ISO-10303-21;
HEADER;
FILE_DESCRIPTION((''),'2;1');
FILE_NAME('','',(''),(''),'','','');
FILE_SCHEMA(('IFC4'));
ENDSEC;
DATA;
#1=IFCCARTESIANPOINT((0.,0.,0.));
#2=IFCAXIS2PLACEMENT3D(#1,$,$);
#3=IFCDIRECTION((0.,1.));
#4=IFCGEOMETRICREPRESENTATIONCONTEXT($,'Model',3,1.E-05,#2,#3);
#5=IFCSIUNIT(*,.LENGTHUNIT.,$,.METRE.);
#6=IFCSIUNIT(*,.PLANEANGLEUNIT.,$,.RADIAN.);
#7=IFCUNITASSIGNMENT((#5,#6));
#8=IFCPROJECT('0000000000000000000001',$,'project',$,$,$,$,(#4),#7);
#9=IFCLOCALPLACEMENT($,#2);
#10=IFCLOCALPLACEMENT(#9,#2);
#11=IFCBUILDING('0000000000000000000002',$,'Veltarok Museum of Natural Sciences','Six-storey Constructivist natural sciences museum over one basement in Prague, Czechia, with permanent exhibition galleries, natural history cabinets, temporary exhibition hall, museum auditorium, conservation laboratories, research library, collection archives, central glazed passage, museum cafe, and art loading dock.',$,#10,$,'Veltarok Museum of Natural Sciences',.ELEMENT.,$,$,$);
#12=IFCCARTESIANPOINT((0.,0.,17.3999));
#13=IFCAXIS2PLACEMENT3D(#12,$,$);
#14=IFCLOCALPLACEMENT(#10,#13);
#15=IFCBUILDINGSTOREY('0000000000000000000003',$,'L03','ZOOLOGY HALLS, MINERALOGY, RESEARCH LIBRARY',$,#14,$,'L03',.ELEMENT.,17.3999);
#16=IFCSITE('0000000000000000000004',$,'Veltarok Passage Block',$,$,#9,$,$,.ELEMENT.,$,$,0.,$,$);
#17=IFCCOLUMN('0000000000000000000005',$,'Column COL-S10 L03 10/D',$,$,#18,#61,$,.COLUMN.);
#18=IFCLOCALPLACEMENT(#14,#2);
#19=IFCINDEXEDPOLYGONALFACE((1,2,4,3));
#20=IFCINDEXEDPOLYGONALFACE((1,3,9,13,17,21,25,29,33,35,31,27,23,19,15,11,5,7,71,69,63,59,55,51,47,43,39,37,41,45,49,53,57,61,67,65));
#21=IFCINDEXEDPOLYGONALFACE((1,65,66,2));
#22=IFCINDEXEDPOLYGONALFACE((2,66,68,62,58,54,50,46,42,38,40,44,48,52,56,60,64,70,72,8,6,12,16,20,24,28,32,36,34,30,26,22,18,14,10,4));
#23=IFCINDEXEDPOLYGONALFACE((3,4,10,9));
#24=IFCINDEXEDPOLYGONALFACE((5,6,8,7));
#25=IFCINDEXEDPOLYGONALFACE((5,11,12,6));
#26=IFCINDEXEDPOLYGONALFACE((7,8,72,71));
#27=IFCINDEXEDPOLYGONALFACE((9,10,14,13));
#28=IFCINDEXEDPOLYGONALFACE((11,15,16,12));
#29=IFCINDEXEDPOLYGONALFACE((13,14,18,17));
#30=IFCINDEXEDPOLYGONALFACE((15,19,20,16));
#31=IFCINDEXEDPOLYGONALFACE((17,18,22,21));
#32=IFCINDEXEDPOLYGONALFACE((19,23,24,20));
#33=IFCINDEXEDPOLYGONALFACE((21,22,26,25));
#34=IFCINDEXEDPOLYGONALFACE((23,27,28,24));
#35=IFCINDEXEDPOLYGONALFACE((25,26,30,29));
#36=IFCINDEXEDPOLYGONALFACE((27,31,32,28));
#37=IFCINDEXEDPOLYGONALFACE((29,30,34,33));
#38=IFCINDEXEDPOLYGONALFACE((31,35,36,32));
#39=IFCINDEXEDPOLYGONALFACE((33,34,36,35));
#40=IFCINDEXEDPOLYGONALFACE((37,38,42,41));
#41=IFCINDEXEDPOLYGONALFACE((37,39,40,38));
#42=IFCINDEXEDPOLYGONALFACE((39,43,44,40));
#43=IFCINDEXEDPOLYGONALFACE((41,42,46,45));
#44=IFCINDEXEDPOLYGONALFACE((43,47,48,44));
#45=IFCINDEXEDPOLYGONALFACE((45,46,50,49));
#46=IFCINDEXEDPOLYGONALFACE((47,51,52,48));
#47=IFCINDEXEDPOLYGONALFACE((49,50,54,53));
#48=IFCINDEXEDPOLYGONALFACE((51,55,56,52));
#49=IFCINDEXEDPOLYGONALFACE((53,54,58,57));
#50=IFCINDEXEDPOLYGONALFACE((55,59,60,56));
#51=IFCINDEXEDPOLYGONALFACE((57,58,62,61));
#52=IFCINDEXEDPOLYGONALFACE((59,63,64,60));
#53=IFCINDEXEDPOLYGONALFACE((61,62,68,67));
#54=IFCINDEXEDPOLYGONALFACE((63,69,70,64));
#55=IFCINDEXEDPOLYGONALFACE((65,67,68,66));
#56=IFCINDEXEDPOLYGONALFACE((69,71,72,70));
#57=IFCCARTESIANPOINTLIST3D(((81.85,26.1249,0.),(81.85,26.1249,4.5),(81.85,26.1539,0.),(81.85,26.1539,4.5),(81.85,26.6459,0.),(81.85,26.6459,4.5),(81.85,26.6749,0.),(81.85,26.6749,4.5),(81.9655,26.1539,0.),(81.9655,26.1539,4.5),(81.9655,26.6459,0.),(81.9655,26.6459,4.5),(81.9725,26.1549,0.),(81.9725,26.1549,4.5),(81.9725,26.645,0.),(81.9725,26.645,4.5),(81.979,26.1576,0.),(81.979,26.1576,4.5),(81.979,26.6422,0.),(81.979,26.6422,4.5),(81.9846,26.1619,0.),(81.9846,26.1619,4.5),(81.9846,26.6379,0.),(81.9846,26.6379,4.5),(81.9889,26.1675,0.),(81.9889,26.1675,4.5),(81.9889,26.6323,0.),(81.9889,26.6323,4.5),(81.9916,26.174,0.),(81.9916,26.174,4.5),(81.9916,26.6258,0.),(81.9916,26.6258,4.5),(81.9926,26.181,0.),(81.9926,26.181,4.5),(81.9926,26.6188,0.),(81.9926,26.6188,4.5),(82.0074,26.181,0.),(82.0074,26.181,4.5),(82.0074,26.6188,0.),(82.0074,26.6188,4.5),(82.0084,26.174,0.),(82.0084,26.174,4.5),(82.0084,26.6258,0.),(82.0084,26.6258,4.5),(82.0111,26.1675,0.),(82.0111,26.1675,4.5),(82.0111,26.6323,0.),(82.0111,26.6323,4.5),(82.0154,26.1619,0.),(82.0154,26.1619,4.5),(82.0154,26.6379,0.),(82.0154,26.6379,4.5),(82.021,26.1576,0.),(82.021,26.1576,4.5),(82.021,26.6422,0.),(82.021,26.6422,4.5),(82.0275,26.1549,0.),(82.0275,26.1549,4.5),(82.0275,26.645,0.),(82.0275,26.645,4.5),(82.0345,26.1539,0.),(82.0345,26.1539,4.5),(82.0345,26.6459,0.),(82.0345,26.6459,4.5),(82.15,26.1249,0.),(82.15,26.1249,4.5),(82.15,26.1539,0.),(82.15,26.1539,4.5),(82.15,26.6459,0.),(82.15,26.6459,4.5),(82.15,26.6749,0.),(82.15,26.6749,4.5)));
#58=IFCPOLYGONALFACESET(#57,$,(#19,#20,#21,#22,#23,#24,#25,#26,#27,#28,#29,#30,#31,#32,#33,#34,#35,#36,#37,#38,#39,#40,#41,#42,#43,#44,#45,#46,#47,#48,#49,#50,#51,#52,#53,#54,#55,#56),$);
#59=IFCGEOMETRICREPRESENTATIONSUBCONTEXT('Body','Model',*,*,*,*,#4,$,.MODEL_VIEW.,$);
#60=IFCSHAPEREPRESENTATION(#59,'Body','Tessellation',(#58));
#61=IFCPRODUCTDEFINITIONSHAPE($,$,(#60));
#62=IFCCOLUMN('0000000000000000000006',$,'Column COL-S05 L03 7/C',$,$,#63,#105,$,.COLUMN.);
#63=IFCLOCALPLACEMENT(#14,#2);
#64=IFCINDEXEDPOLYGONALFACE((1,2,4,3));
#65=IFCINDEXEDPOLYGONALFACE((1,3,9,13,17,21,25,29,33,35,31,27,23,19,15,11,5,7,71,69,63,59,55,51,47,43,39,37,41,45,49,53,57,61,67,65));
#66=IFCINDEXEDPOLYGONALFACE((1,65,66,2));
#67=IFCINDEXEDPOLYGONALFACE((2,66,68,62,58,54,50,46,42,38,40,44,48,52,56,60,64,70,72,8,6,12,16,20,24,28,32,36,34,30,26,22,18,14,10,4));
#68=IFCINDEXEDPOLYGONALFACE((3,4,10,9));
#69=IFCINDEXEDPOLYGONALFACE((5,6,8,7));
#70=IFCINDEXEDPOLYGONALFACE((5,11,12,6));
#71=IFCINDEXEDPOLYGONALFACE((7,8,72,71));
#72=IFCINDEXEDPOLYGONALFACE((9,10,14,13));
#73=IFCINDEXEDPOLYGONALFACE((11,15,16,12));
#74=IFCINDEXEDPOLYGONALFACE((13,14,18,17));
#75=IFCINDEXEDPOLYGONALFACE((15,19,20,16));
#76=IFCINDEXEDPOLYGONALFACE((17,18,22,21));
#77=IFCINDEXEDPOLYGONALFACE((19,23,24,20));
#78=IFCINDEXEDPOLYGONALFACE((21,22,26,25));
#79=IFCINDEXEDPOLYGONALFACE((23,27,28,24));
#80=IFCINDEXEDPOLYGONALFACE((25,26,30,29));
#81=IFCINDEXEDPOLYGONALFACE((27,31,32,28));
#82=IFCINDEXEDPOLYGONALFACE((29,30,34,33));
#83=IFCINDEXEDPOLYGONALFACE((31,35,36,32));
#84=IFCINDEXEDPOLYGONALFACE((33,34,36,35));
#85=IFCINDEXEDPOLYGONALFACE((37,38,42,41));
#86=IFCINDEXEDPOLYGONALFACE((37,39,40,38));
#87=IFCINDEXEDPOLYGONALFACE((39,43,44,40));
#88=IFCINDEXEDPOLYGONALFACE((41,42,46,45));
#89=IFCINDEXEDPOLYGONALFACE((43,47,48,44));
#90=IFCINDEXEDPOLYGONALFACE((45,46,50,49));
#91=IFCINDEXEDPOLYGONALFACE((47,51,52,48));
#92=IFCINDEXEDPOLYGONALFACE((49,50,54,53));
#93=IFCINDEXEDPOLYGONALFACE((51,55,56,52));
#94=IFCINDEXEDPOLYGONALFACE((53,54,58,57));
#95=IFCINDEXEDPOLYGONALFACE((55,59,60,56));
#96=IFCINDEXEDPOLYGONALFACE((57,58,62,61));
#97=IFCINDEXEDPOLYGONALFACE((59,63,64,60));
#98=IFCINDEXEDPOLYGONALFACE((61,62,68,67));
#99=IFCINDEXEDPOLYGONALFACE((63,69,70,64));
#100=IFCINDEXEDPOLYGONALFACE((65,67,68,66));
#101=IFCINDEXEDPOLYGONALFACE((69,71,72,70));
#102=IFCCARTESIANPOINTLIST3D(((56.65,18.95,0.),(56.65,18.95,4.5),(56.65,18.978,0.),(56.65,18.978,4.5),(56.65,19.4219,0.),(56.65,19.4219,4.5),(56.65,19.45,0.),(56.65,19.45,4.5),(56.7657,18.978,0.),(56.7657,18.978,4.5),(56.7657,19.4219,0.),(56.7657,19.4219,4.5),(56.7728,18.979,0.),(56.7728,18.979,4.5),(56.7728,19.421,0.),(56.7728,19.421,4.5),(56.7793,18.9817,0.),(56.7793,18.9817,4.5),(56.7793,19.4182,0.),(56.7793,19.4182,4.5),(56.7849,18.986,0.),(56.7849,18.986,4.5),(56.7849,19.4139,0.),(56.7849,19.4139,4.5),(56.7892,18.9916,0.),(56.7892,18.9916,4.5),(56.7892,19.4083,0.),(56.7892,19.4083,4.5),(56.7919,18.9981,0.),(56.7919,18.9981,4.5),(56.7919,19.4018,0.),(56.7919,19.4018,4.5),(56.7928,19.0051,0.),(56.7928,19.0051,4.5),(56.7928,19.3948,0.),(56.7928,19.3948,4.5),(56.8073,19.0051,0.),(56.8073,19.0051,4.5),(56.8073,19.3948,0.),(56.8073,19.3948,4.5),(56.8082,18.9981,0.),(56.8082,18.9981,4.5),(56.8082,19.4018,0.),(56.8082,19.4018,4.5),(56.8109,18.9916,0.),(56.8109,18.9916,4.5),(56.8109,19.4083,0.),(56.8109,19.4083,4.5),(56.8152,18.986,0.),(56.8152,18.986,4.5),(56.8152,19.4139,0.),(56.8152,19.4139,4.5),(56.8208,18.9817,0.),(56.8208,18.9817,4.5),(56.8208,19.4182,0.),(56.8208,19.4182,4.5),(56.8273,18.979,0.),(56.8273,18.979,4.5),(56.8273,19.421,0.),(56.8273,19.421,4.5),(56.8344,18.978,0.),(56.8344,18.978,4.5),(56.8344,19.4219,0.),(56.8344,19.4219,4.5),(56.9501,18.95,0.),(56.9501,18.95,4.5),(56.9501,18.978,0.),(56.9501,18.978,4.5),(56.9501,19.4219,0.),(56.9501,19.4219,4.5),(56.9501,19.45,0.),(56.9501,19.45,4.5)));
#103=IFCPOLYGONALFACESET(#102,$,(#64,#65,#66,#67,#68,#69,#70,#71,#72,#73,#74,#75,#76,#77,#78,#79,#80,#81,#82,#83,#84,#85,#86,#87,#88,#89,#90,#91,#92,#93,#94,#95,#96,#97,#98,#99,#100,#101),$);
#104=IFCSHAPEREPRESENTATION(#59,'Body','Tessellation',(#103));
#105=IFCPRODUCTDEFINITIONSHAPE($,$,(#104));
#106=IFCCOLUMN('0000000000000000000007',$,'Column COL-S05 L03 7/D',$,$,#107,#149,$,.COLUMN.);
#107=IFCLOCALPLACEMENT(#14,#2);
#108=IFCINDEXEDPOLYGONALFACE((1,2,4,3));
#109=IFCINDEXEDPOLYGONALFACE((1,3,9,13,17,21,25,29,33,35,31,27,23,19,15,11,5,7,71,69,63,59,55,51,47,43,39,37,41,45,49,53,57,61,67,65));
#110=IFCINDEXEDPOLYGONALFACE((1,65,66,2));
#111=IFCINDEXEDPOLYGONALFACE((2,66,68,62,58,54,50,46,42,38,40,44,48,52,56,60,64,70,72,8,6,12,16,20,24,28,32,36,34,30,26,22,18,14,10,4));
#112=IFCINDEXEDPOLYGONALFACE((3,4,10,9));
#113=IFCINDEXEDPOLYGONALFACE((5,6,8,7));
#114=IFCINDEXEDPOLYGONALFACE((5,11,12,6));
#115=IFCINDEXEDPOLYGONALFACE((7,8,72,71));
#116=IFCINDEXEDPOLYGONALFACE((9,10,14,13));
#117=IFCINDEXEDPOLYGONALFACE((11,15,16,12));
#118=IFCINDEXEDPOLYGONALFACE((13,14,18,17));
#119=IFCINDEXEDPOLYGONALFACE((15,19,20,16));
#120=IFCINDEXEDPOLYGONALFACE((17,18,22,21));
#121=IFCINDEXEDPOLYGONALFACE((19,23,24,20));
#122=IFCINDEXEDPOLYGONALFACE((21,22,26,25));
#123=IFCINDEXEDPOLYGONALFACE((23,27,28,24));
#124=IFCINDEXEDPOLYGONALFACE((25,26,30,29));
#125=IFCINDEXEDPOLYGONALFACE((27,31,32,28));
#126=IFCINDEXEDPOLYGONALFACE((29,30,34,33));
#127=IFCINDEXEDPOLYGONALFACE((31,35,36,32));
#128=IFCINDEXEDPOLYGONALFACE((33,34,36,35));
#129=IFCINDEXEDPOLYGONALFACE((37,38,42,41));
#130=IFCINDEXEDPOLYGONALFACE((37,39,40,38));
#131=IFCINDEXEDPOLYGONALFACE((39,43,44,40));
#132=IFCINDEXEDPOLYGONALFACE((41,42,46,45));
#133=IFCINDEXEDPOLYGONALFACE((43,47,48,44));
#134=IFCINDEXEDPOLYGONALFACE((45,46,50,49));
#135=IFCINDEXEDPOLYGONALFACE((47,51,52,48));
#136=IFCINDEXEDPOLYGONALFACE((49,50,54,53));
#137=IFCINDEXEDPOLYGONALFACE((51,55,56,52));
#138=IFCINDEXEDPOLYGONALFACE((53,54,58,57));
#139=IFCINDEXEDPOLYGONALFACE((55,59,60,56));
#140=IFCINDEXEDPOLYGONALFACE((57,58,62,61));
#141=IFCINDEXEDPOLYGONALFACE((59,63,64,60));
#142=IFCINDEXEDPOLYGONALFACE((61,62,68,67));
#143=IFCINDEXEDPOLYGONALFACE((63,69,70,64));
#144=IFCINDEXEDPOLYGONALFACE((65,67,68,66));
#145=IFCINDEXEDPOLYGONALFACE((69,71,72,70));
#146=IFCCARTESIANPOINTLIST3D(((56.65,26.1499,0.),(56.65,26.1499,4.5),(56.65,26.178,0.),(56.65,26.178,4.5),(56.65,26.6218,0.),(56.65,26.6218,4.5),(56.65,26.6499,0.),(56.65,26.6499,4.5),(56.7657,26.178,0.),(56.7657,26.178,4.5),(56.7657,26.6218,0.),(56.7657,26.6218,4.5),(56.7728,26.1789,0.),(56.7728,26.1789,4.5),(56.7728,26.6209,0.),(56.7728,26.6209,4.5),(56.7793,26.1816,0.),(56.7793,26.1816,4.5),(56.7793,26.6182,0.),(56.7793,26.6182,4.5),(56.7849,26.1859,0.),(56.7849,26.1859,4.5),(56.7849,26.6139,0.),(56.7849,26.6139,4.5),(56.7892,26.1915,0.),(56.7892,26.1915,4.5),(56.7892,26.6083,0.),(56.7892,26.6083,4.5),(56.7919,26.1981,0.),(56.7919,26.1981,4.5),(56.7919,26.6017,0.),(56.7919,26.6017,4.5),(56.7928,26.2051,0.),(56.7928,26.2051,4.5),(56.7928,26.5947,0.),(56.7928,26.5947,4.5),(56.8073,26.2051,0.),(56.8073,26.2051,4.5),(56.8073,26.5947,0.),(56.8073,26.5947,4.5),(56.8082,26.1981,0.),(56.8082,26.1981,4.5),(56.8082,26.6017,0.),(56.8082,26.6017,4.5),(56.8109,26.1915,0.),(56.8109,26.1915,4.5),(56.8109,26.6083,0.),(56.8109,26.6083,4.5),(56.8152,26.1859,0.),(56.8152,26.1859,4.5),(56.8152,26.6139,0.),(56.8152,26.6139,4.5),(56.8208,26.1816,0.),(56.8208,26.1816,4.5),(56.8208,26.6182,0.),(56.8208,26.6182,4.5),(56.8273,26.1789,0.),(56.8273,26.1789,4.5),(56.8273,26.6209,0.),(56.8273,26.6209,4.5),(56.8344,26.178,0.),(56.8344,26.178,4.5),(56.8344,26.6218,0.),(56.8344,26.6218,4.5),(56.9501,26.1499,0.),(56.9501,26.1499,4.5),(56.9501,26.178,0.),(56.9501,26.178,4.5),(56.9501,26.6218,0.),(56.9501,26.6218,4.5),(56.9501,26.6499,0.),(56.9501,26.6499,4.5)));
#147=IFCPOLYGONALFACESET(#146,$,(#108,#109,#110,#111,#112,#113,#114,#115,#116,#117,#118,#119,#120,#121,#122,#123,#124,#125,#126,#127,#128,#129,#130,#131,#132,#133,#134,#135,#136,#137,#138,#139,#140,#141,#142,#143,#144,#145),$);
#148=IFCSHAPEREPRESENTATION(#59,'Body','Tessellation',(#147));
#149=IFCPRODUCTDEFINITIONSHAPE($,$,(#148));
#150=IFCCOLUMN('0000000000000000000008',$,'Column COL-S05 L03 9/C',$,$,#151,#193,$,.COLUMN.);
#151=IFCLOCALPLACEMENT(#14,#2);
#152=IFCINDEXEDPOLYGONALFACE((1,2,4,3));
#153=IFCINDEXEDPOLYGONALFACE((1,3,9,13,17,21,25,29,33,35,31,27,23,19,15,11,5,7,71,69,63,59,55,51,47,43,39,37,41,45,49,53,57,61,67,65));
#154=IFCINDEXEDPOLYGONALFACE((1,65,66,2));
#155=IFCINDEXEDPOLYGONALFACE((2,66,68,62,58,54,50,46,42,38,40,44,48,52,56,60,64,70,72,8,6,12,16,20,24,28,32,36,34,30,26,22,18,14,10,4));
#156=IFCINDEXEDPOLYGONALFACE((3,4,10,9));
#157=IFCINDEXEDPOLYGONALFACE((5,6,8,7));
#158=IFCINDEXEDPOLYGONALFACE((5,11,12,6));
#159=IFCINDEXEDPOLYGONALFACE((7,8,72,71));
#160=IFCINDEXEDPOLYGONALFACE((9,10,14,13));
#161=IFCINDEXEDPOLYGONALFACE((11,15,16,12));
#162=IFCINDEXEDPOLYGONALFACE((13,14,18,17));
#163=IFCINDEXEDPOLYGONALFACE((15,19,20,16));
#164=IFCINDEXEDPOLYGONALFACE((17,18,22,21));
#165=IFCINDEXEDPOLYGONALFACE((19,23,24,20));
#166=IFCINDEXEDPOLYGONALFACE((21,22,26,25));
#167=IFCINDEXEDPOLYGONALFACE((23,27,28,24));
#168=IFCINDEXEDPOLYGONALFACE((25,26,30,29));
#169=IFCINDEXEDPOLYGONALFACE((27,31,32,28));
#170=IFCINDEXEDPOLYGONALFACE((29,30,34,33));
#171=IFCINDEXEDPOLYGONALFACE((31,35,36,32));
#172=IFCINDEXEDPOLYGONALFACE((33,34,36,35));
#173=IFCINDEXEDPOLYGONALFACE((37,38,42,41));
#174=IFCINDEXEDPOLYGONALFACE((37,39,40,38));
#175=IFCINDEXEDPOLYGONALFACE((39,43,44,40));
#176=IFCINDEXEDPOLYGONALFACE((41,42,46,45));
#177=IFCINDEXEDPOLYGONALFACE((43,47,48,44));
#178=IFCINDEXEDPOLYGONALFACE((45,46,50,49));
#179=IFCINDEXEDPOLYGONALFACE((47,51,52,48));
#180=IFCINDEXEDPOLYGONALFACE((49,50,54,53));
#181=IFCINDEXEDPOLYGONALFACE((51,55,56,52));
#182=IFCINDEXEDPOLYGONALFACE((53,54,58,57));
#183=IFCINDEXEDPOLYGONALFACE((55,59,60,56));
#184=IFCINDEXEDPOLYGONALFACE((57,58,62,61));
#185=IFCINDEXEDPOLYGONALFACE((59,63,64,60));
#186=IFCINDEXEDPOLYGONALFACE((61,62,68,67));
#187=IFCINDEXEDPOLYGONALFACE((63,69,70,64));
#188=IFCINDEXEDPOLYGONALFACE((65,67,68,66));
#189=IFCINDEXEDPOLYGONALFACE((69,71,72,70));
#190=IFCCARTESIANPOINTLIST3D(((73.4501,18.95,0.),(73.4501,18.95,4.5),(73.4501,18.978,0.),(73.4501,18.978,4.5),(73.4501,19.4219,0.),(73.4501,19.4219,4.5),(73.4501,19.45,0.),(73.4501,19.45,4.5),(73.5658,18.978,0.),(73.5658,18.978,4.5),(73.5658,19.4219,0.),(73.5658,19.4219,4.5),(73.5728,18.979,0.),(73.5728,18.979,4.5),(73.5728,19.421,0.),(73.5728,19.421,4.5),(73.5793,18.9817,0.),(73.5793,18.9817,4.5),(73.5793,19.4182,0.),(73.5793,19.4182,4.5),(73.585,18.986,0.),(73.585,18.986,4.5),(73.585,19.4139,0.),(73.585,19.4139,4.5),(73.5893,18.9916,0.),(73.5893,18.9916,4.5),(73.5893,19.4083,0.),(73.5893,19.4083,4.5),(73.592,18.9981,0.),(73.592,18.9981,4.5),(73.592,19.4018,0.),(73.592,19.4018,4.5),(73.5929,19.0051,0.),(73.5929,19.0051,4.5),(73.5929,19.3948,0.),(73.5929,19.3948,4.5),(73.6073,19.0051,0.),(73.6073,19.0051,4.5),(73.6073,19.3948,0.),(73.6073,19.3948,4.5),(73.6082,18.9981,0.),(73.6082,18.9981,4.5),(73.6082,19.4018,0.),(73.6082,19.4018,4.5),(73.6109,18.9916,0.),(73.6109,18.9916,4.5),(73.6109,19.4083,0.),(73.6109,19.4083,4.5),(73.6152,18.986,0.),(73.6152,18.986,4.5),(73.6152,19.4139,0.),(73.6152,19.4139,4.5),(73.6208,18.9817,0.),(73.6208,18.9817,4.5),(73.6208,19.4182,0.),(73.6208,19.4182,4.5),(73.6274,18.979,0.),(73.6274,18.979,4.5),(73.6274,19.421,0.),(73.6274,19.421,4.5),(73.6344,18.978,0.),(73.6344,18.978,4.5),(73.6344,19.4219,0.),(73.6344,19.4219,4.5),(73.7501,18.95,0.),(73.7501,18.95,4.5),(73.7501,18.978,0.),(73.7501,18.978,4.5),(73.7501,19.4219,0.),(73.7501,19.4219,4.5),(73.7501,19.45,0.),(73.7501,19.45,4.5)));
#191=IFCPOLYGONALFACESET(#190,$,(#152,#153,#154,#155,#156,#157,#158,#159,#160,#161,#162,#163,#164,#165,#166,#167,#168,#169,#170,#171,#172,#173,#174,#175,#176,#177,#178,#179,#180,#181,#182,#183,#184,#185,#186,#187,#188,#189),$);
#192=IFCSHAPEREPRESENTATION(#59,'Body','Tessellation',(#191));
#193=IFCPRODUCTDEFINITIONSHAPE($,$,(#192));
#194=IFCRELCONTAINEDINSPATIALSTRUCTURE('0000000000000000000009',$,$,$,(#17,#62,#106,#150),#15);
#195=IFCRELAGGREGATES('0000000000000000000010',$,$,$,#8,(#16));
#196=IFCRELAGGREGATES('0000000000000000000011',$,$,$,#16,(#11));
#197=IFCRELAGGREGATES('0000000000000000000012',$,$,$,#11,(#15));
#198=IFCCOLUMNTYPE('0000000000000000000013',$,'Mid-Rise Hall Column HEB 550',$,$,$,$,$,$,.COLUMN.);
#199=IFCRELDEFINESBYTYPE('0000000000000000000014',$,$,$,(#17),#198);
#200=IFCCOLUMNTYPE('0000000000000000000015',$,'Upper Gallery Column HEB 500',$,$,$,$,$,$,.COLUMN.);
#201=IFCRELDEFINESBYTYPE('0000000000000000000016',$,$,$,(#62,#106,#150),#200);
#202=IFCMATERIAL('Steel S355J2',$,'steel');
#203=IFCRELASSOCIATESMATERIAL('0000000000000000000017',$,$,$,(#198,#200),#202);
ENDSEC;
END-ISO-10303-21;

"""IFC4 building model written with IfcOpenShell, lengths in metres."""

from ifc_helpers import new_model, si_unit, direction, frame, origin, origin_2d, place, context, subcontext, project, spatial, i_section, extrude, material, material_profile, profile_set, type_object, element, save


model = new_model("IFC4")

# Units and contexts
model_context = context("Model", 3, precision=1e-05, world=origin(), true_north=direction((0.0, 1.0)))
body_context = subcontext(model_context, "Body", "Model", "MODEL_VIEW")
ifc_project = project(units=[si_unit("LENGTHUNIT", "METRE"), si_unit("PLANEANGLEUNIT", "RADIAN")], contexts=[model_context])

# Site, building, storey
site_placement = place(None, origin())
site = spatial("IfcSite", under=ifc_project, at=site_placement, Name="Veltarok Passage Block", CompositionType="ELEMENT", RefElevation=0.0)
building_placement = place(site_placement, origin())
building = spatial("IfcBuilding", under=site, at=building_placement, Name="Veltarok Museum of Natural Sciences", Description="Six-storey Constructivist natural sciences museum over one basement in Prague, Czechia, with permanent exhibition galleries, natural history cabinets, temporary exhibition hall, museum auditorium, conservation laboratories, research library, collection archives, central glazed passage, museum cafe, and art loading dock.", LongName="Veltarok Museum of Natural Sciences", CompositionType="ELEMENT")
storey_placement = place(building_placement, frame((0.0, 0.0, 17.3999)))
storey = spatial("IfcBuildingStorey", under=building, at=storey_placement, Name="L03", Description="ZOOLOGY HALLS, MINERALOGY, RESEARCH LIBRARY", LongName="L03", CompositionType="ELEMENT", Elevation=17.3999)

# Columns
ifc_material_1 = material(Name="Steel S355J2", Category="steel")
ifc_material_profile_1 = material_profile(ifc_material_1, i_section(OverallWidth=0.3, OverallDepth=0.55, WebThickness=0.0149, FlangeThickness=0.0291, FilletRadius=0.0271, at=origin_2d()), Name="HEB 550")
ifc_profile_set_1 = profile_set([ifc_material_profile_1], Name="Steel S355J2")
column_type_1 = type_object("IfcColumnType", Name="Mid-Rise Hall Column HEB 550", PredefinedType="COLUMN", material=ifc_profile_set_1)
for number, where, z_axis, x_axis, name in (
    (1, (82.0, 26.3999, 0.0), (0.0, 0.0, 1.0), (1.0, 0.0, 0.0), "Column COL-S10 L03 10/D"),
):
    element("IfcColumn", number, at=place(storey_placement, frame(where, z_axis=z_axis, x_axis=x_axis)), inside=storey, type_object=column_type_1, Name=name, PredefinedType="COLUMN", context=body_context, shape_type="SweptSolid", body=[
        extrude(i_section(OverallWidth=0.3, OverallDepth=0.55, WebThickness=0.0149, FlangeThickness=0.0291, FilletRadius=0.0271, at=origin_2d()), origin(), (0.0, 0.0, 1.0), 4.5),
    ])
ifc_material_profile_2 = material_profile(ifc_material_1, i_section(OverallWidth=0.3, OverallDepth=0.5, WebThickness=0.0144, FlangeThickness=0.0281, FilletRadius=0.0271, at=origin_2d()), Name="HEB 500")
ifc_profile_set_2 = profile_set([ifc_material_profile_2], Name="Steel S355J2")
column_type_2 = type_object("IfcColumnType", Name="Upper Gallery Column HEB 500", PredefinedType="COLUMN", material=ifc_profile_set_2)
for number, where, z_axis, x_axis, name in (
    (2, (56.8, 19.2, 0.0), (0.0, 0.0, 1.0), (1.0, 0.0, 0.0), "Column COL-S05 L03 7/C"),
    (3, (56.8, 26.3999, 0.0), (0.0, 0.0, 1.0), (1.0, 0.0, 0.0), "Column COL-S05 L03 7/D"),
    (4, (73.6001, 19.2, 0.0), (0.0, 0.0, 1.0), (1.0, 0.0, 0.0), "Column COL-S05 L03 9/C"),
):
    element("IfcColumn", number, at=place(storey_placement, frame(where, z_axis=z_axis, x_axis=x_axis)), inside=storey, type_object=column_type_2, Name=name, PredefinedType="COLUMN", context=body_context, shape_type="SweptSolid", body=[
        extrude(i_section(OverallWidth=0.3, OverallDepth=0.5, WebThickness=0.0144, FlangeThickness=0.0281, FilletRadius=0.0271, at=origin_2d()), origin(), (0.0, 0.0, 1.0), 4.5),
    ])

save(model, "model.ifc")
